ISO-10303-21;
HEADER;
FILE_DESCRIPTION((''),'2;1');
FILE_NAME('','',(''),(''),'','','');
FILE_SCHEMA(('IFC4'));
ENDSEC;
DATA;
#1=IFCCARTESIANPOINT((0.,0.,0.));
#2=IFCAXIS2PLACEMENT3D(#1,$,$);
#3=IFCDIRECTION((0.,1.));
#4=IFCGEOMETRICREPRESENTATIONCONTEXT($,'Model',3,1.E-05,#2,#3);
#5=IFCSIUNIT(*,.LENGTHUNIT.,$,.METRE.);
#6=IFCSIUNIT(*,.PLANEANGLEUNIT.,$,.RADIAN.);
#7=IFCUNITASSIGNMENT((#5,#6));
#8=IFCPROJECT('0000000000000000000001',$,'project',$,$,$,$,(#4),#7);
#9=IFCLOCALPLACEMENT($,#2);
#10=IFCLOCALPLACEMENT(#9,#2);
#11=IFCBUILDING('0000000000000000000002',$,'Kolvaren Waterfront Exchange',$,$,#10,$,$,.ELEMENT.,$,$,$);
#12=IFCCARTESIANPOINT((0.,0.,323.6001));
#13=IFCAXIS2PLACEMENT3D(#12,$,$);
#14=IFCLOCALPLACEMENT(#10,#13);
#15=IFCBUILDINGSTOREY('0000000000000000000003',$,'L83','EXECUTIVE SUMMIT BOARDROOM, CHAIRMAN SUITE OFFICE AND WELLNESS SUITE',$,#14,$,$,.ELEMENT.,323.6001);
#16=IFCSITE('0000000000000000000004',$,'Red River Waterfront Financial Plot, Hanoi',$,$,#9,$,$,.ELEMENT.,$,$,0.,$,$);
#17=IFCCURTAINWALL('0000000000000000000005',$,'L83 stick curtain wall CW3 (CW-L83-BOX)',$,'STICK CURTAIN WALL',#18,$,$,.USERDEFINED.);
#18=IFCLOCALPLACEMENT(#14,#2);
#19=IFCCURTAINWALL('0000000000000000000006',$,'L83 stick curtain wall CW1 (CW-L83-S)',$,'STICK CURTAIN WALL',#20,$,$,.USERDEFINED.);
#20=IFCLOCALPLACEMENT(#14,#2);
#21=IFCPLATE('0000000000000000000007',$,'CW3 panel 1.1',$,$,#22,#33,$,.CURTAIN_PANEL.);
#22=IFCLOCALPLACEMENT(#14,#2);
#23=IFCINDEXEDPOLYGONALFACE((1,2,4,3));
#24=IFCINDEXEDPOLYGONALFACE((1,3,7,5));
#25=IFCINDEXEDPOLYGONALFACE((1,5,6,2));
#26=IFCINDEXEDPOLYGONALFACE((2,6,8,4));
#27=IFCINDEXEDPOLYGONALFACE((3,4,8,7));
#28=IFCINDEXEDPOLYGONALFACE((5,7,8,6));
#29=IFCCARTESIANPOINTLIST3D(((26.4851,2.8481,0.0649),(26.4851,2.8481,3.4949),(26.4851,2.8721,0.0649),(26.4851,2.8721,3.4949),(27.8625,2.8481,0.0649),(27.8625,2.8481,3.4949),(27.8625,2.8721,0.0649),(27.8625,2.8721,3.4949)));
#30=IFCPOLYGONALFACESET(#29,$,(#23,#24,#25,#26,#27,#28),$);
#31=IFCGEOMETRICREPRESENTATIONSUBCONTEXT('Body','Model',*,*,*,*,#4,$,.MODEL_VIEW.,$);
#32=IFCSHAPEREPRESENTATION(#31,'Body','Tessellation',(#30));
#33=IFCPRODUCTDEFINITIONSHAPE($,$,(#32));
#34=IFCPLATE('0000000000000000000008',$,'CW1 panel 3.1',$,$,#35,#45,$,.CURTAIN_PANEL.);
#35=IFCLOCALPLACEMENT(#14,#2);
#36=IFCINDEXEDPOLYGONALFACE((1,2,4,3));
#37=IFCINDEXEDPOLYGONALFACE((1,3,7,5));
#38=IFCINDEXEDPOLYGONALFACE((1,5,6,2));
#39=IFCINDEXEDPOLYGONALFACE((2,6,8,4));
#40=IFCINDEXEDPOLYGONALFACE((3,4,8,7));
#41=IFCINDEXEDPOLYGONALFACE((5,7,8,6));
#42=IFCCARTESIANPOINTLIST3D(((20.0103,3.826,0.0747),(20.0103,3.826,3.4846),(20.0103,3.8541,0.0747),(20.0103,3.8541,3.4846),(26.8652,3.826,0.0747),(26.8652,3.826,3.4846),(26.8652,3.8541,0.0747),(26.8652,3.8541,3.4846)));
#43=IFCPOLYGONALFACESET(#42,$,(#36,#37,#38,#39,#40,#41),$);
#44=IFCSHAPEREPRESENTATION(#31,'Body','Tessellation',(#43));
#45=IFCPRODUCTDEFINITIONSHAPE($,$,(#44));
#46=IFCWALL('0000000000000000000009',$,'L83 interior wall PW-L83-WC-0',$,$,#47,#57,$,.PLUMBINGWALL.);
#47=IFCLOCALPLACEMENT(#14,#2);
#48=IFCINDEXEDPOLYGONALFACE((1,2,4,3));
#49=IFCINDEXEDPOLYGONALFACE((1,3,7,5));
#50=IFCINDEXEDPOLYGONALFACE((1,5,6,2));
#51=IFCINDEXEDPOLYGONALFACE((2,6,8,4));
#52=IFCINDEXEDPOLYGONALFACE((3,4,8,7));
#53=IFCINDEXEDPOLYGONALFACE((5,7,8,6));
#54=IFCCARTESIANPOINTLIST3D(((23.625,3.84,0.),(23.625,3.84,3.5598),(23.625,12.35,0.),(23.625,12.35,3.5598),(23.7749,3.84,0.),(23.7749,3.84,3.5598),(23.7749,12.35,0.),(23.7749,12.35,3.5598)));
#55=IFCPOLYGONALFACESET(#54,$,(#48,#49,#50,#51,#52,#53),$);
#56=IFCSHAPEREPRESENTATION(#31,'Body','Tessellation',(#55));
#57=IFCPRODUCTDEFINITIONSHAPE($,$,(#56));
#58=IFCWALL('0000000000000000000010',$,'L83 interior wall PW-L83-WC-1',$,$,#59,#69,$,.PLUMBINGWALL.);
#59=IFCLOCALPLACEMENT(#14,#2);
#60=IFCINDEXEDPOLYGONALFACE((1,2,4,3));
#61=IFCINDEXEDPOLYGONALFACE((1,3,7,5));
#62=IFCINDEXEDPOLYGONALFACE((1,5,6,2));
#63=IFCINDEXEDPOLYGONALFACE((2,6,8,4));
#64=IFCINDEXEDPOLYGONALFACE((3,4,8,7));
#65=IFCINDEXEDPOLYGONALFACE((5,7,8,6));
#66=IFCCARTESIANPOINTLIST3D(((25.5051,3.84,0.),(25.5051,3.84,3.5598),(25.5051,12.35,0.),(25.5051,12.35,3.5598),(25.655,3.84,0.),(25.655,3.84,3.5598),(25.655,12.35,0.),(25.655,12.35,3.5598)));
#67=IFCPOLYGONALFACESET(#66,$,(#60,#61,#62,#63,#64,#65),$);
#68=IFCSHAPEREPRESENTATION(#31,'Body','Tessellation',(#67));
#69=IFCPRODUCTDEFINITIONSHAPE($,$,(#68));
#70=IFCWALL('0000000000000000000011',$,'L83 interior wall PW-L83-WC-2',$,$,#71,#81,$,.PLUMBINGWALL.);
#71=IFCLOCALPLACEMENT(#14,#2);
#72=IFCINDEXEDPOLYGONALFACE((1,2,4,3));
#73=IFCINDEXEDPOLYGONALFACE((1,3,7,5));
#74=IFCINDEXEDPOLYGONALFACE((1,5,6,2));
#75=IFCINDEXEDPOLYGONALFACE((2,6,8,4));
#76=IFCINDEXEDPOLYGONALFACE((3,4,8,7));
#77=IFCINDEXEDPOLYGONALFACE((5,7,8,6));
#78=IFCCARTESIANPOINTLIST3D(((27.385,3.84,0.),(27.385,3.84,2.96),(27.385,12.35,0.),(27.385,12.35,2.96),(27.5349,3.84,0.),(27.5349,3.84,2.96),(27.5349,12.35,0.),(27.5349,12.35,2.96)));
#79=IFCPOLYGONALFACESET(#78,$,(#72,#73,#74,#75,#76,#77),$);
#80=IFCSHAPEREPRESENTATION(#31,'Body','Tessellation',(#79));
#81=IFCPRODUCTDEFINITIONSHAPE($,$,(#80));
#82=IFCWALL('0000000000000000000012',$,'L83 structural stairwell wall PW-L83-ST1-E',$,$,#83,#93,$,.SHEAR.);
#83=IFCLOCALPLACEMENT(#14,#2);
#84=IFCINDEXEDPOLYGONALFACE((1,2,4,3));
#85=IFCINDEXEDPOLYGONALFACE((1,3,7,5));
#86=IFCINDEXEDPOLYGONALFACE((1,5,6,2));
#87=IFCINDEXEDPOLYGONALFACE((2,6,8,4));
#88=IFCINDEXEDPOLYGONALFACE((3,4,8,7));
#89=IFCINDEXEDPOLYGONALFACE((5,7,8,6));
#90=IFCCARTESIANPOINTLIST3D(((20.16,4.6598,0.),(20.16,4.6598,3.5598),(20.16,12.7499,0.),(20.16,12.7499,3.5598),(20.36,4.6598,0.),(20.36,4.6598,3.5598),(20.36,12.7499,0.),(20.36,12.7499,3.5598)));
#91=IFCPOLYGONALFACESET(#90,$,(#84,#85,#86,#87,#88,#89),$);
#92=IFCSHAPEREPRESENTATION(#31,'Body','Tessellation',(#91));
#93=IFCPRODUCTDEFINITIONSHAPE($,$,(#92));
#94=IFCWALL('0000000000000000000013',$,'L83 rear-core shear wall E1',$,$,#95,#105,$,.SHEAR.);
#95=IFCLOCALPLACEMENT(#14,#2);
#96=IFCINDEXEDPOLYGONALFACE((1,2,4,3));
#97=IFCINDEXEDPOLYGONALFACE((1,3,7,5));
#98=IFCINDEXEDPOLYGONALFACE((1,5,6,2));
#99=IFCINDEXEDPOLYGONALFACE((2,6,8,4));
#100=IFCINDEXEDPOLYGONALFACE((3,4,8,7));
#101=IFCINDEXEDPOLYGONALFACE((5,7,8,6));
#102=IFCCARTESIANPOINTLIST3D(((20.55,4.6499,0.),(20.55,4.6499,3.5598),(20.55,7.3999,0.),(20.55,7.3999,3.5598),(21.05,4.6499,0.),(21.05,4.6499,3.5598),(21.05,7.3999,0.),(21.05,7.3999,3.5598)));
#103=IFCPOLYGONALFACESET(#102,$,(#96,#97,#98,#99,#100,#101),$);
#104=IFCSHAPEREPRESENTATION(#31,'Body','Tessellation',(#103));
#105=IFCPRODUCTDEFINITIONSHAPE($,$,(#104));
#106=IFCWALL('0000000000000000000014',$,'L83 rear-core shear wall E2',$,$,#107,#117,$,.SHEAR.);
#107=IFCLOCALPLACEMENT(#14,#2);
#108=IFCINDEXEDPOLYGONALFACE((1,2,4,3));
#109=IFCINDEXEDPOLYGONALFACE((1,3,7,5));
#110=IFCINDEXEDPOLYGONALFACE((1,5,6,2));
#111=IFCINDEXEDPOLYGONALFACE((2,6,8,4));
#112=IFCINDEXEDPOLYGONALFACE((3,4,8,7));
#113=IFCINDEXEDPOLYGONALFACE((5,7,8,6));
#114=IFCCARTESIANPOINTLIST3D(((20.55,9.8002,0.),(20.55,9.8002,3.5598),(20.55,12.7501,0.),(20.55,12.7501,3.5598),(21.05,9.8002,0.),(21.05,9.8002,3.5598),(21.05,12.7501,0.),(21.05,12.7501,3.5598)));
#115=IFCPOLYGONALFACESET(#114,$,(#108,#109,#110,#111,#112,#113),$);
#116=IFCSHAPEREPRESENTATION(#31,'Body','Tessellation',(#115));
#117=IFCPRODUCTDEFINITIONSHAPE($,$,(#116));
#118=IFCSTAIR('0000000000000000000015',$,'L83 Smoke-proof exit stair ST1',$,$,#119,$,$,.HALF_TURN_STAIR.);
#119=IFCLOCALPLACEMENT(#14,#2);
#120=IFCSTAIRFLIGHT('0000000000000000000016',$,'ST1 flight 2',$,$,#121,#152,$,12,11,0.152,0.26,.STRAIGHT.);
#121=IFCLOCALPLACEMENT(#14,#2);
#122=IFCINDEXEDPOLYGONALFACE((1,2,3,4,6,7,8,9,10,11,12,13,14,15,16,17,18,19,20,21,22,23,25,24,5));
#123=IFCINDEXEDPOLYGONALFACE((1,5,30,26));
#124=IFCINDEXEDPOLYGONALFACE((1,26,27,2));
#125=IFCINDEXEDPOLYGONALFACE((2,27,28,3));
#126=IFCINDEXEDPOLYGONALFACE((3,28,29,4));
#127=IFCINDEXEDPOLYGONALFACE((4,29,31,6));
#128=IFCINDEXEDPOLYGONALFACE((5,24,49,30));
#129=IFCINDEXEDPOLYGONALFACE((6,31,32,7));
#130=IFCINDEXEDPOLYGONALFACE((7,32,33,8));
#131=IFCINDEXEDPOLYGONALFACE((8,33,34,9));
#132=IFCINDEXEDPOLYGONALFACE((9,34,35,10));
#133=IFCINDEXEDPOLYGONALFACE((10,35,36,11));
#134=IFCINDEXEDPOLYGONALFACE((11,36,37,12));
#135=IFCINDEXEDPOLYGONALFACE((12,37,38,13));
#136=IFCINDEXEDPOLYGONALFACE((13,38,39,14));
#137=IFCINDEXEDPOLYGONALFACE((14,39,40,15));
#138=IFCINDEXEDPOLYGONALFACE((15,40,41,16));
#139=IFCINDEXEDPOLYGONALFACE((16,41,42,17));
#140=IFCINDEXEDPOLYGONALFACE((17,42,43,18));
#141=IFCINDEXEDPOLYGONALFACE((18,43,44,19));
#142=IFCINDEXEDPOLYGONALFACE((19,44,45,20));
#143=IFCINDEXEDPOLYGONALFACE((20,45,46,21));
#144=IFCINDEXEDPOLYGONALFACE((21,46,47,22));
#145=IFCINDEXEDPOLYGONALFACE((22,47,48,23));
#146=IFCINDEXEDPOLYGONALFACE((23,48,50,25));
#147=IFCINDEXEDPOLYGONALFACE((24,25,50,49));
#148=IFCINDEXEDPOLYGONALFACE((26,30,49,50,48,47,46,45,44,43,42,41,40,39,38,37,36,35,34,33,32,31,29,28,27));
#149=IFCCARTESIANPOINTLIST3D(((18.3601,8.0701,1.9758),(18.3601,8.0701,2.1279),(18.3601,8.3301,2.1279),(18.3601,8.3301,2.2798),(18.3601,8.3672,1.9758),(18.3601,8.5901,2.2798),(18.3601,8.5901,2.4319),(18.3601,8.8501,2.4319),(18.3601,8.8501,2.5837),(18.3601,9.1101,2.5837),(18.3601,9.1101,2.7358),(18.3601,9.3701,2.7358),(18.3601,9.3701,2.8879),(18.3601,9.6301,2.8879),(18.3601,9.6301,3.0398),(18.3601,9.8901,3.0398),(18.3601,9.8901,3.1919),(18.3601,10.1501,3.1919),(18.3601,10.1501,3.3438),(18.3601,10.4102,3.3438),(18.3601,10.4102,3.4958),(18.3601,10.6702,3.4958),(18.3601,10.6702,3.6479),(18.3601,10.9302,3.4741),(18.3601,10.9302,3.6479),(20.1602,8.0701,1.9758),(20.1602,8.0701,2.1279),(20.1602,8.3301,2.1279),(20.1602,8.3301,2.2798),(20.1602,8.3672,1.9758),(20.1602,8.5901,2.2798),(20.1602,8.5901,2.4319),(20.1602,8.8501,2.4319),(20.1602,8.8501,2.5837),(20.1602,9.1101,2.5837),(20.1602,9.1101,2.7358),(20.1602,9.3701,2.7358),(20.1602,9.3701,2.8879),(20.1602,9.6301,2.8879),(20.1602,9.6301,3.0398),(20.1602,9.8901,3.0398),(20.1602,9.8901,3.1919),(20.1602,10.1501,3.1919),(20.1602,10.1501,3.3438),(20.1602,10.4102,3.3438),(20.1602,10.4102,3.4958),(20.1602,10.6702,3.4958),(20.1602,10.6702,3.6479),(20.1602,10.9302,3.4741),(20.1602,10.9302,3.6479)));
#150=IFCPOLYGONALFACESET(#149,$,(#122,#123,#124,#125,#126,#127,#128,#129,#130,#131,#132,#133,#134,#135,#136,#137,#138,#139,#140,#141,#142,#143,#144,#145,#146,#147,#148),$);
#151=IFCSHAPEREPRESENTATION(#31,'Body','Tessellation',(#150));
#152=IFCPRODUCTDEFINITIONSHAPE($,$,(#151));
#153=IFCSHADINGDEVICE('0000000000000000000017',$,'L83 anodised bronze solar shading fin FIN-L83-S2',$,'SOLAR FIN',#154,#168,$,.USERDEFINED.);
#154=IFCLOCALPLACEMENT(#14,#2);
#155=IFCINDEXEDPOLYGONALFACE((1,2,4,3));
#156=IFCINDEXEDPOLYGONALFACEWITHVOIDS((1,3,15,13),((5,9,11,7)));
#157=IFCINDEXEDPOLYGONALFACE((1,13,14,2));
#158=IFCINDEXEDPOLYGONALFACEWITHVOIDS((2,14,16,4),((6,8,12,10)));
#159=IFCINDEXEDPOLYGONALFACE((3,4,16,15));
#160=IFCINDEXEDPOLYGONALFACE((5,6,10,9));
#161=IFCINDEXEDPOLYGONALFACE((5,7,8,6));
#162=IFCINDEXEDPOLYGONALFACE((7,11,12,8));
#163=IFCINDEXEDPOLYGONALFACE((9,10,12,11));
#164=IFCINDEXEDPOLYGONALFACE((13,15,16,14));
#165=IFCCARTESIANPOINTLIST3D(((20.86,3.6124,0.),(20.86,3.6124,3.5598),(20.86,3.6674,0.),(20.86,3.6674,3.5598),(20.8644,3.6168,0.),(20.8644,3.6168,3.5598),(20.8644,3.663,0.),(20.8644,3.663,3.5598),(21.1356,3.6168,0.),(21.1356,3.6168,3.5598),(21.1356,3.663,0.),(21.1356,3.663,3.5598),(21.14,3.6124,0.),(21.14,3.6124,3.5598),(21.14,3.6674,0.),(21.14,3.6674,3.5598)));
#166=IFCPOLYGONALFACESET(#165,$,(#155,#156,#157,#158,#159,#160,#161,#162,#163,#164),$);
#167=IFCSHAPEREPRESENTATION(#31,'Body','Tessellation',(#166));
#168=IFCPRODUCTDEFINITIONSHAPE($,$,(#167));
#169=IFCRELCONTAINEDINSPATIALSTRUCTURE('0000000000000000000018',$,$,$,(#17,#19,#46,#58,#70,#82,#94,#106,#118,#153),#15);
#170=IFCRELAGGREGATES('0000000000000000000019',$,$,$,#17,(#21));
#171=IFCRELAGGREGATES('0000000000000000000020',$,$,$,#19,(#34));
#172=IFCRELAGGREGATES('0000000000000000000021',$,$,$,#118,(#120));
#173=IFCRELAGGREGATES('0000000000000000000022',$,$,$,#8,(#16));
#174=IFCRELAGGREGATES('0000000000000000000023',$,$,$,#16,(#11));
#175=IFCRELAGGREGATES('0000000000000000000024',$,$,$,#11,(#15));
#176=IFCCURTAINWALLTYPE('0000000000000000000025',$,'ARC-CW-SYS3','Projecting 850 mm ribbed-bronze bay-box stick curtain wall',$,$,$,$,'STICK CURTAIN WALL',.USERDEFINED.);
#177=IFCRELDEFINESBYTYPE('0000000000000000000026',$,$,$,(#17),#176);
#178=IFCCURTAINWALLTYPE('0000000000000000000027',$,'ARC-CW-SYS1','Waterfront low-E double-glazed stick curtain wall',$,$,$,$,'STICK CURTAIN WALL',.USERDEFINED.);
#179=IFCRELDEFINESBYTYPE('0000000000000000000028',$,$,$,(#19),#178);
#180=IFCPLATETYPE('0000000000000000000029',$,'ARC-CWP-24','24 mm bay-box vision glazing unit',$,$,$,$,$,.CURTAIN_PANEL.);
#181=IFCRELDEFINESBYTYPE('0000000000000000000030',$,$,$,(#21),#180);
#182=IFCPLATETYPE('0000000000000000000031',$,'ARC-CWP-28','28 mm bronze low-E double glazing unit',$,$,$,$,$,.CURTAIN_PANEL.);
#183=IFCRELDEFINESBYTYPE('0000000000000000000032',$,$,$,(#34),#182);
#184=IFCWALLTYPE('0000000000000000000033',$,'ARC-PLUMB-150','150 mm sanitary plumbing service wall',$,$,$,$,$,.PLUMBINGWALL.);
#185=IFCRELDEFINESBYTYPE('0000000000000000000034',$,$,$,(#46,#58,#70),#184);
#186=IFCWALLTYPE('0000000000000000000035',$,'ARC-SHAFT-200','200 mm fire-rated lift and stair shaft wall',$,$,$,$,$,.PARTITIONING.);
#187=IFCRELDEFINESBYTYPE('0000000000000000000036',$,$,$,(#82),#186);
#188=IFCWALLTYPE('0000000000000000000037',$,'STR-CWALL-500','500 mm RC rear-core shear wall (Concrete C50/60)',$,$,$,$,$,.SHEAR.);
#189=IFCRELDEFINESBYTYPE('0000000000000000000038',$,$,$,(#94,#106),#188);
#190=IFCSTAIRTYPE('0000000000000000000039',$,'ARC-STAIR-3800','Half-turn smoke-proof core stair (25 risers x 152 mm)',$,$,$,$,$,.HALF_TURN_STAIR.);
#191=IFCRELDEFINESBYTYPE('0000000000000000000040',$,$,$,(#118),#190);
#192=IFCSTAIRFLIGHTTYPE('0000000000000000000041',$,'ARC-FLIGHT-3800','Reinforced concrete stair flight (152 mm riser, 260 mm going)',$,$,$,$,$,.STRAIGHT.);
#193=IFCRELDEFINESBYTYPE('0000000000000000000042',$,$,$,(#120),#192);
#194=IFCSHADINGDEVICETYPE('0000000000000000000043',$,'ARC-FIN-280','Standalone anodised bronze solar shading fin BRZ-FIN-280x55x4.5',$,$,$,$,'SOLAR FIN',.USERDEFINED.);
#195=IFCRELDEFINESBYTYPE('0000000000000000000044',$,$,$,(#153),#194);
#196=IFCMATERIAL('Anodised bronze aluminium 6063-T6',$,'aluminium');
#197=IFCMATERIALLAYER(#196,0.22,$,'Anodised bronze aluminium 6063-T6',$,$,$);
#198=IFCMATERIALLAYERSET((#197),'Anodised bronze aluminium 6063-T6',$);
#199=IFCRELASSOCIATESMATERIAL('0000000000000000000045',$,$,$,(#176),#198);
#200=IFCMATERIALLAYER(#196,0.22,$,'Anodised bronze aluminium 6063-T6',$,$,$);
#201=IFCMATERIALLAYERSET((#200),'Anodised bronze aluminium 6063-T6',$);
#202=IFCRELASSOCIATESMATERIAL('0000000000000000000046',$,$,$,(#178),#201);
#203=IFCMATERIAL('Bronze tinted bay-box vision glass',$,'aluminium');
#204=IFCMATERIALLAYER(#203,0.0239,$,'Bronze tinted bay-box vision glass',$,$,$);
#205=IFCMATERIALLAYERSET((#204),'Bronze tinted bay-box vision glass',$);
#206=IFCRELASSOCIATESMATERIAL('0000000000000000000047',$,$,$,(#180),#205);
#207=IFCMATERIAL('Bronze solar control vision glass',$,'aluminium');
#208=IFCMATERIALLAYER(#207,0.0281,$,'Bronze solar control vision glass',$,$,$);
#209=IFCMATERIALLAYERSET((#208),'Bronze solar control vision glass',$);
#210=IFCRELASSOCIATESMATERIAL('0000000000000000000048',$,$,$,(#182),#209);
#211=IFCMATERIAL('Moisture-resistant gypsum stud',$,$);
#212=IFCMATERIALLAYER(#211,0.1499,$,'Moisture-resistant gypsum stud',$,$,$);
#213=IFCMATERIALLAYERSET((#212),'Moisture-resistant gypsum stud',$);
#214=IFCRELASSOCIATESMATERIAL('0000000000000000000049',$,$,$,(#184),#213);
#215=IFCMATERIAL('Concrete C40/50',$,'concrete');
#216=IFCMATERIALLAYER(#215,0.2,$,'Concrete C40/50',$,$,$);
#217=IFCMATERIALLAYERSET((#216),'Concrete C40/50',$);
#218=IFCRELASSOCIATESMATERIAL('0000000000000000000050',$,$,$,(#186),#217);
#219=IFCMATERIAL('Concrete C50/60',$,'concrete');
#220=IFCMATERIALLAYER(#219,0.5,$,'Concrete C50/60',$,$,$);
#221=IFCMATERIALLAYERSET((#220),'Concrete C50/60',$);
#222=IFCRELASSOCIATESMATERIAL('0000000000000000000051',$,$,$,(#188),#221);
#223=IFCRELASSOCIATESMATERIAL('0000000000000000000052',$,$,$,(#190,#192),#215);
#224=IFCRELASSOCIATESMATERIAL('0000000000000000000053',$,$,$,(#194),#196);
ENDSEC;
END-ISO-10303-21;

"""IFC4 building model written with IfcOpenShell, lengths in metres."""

from ifc_helpers import new_model, si_unit, direction, frame, frame_2d, origin, origin_with_axes, origin_2d, place, context, subcontext, project, spatial, polyline, rectangle, hollow_rectangle, outline, extrude, source, transform, mapped, material, layer, layer_set, material_profile, profile_set, type_object, element, aggregate, save


model = new_model("IFC4")

# Units and contexts
model_context = context("Model", 3, precision=1e-05, world=origin(), true_north=direction((0.0, 1.0)))
body_context = subcontext(model_context, "Body", "Model", "MODEL_VIEW")
ifc_project = project(units=[si_unit("LENGTHUNIT", "METRE"), si_unit("PLANEANGLEUNIT", "RADIAN")], contexts=[model_context])

# Site, building, storey
site_placement = place(None, origin())
site = spatial("IfcSite", under=ifc_project, at=site_placement, Name="Red River Waterfront Financial Plot, Hanoi", CompositionType="ELEMENT", RefElevation=0.0)
building_placement = place(site_placement, origin())
building = spatial("IfcBuilding", under=site, at=building_placement, Name="Kolvaren Waterfront Exchange", CompositionType="ELEMENT")
storey_placement = place(building_placement, frame((0.0, 0.0, 323.6001)))
storey = spatial("IfcBuildingStorey", under=building, at=storey_placement, Name="L83", Description="EXECUTIVE SUMMIT BOARDROOM, CHAIRMAN SUITE OFFICE AND WELLNESS SUITE", CompositionType="ELEMENT", Elevation=323.6001)

# Shared definitions
ifc_material_1 = material(Name="Concrete C50/60", Category="concrete")

# Curtain wall
ifc_material_2 = material(Name="Anodised bronze aluminium 6063-T6", Category="aluminium")
ifc_layer_1 = layer(ifc_material_2, 0.22, Name="Anodised bronze aluminium 6063-T6")
ifc_layer_set_1 = layer_set([ifc_layer_1], Name="Anodised bronze aluminium 6063-T6")
curtain_wall_type_1 = type_object("IfcCurtainWallType", Name="ARC-CW-SYS3", Description="Projecting 850 mm ribbed-bronze bay-box stick curtain wall", ElementType="STICK CURTAIN WALL", PredefinedType="USERDEFINED", material=ifc_layer_set_1)
curtain_wall_1_placement = place(storey_placement, origin())
curtain_wall_1 = element("IfcCurtainWall", 1, at=curtain_wall_1_placement, inside=storey, type_object=curtain_wall_type_1, Name="L83 stick curtain wall CW3 (CW-L83-BOX)", ObjectType="STICK CURTAIN WALL", PredefinedType="USERDEFINED")

# Curtain wall
ifc_layer_2 = layer(ifc_material_2, 0.22, Name="Anodised bronze aluminium 6063-T6")
ifc_layer_set_2 = layer_set([ifc_layer_2], Name="Anodised bronze aluminium 6063-T6")
curtain_wall_type_2 = type_object("IfcCurtainWallType", Name="ARC-CW-SYS1", Description="Waterfront low-E double-glazed stick curtain wall", ElementType="STICK CURTAIN WALL", PredefinedType="USERDEFINED", material=ifc_layer_set_2)
curtain_wall_2_placement = place(storey_placement, origin())
curtain_wall_2 = element("IfcCurtainWall", 2, at=curtain_wall_2_placement, inside=storey, type_object=curtain_wall_type_2, Name="L83 stick curtain wall CW1 (CW-L83-S)", ObjectType="STICK CURTAIN WALL", PredefinedType="USERDEFINED")

# Plates
ifc_material_3 = material(Name="Bronze tinted bay-box vision glass", Category="aluminium")
ifc_layer_3 = layer(ifc_material_3, 0.0239, Name="Bronze tinted bay-box vision glass")
ifc_layer_set_3 = layer_set([ifc_layer_3], Name="Bronze tinted bay-box vision glass")
plate_type_1 = type_object("IfcPlateType", Name="ARC-CWP-24", Description="24 mm bay-box vision glazing unit", PredefinedType="CURTAIN_PANEL", material=ifc_layer_set_3)
shared_shape_1 = source(origin_with_axes(), body_context, "Body", "SweptSolid", [
    extrude(rectangle(XDim=1.3774, YDim=0.0239, at=origin_2d()), origin(), (0.0, 0.0, 1.0), 3.4299),
])
plate_1_placement = place(storey_placement, frame((27.1738, 2.8601, 0.0649), z_axis=(0.0, 0.0, 1.0), x_axis=(1.0, 0.0, 0.0)))
plate_1 = element("IfcPlate", 3, at=plate_1_placement, type_object=plate_type_1, Name="CW3 panel 1.1", PredefinedType="CURTAIN_PANEL", context=body_context, shape_type="MappedRepresentation", body=[
    mapped(shared_shape_1, transform((0.0, 0.0, 0.0), x_axis=(1.0, 0.0, 0.0), y_axis=(0.0, 1.0, 0.0), z_axis=(0.0, 0.0, 1.0), scale=1.0)),
])
aggregate(curtain_wall_1, [plate_1])
ifc_material_4 = material(Name="Bronze solar control vision glass", Category="aluminium")
ifc_layer_4 = layer(ifc_material_4, 0.0281, Name="Bronze solar control vision glass")
ifc_layer_set_4 = layer_set([ifc_layer_4], Name="Bronze solar control vision glass")
plate_type_2 = type_object("IfcPlateType", Name="ARC-CWP-28", Description="28 mm bronze low-E double glazing unit", PredefinedType="CURTAIN_PANEL", material=ifc_layer_set_4)
shared_shape_2 = source(origin_with_axes(), body_context, "Body", "SweptSolid", [
    extrude(rectangle(XDim=6.855, YDim=0.0281, at=origin_2d()), origin(), (0.0, 0.0, 1.0), 3.4099),
])
plate_2_placement = place(storey_placement, frame((23.4377, 3.8401, 0.0747), z_axis=(0.0, 0.0, 1.0), x_axis=(1.0, 0.0, 0.0)))
plate_2 = element("IfcPlate", 4, at=plate_2_placement, type_object=plate_type_2, Name="CW1 panel 3.1", PredefinedType="CURTAIN_PANEL", context=body_context, shape_type="MappedRepresentation", body=[
    mapped(shared_shape_2, transform((0.0, 0.0, 0.0), x_axis=(1.0, 0.0, 0.0), y_axis=(0.0, 1.0, 0.0), z_axis=(0.0, 0.0, 1.0), scale=1.0)),
])
aggregate(curtain_wall_2, [plate_2])

# Walls
ifc_material_5 = material(Name="Moisture-resistant gypsum stud")
ifc_layer_5 = layer(ifc_material_5, 0.1499, Name="Moisture-resistant gypsum stud")
ifc_layer_set_5 = layer_set([ifc_layer_5], Name="Moisture-resistant gypsum stud")
wall_type_1 = type_object("IfcWallType", Name="ARC-PLUMB-150", Description="150 mm sanitary plumbing service wall", PredefinedType="PLUMBINGWALL", material=ifc_layer_set_5)
for number, where, z_axis, x_axis, name in (
    (5, (23.7, 3.8401, 0.0), (0.0, 0.0, 1.0), (0.0, 1.0, 0.0), "L83 interior wall PW-L83-WC-0"),
    (6, (25.5801, 3.8401, 0.0), (0.0, 0.0, 1.0), (0.0, 1.0, 0.0), "L83 interior wall PW-L83-WC-1"),
):
    element("IfcWall", number, at=place(storey_placement, frame(where, z_axis=z_axis, x_axis=x_axis)), inside=storey, type_object=wall_type_1, Name=name, PredefinedType="PLUMBINGWALL", context=body_context, shape_type="SweptSolid", body=[
        extrude(rectangle(XDim=8.51, YDim=0.1499, at=frame_2d((4.2549, 0.0))), origin(), (0.0, 0.0, 1.0), 3.5598),
    ])
wall_1_placement = place(storey_placement, frame((27.46, 3.8401, 0.0), z_axis=(0.0, 0.0, 1.0), x_axis=(0.0, 1.0, 0.0)))
element("IfcWall", 7, at=wall_1_placement, inside=storey, type_object=wall_type_1, Name="L83 interior wall PW-L83-WC-2", PredefinedType="PLUMBINGWALL", context=body_context, shape_type="SweptSolid", body=[
    extrude(rectangle(XDim=8.51, YDim=0.1499, at=frame_2d((4.2549, 0.0))), origin(), (0.0, 0.0, 1.0), 2.96),
])
ifc_material_6 = material(Name="Concrete C40/50", Category="concrete")
ifc_layer_6 = layer(ifc_material_6, 0.2, Name="Concrete C40/50")
ifc_layer_set_6 = layer_set([ifc_layer_6], Name="Concrete C40/50")
wall_type_2 = type_object("IfcWallType", Name="ARC-SHAFT-200", Description="200 mm fire-rated lift and stair shaft wall", PredefinedType="PARTITIONING", material=ifc_layer_set_6)
wall_2_placement = place(storey_placement, frame((20.26, 4.6599, 0.0), z_axis=(0.0, 0.0, 1.0), x_axis=(0.0, 1.0, 0.0)))
element("IfcWall", 8, at=wall_2_placement, inside=storey, type_object=wall_type_2, Name="L83 structural stairwell wall PW-L83-ST1-E", PredefinedType="SHEAR", context=body_context, shape_type="SweptSolid", body=[
    extrude(rectangle(XDim=8.0901, YDim=0.2, at=frame_2d((4.0449, 0.0))), origin(), (0.0, 0.0, 1.0), 3.5598),
])
ifc_layer_7 = layer(ifc_material_1, 0.5, Name="Concrete C50/60")
ifc_layer_set_7 = layer_set([ifc_layer_7], Name="Concrete C50/60")
wall_type_3 = type_object("IfcWallType", Name="STR-CWALL-500", Description="500 mm RC rear-core shear wall (Concrete C50/60)", PredefinedType="SHEAR", material=ifc_layer_set_7)
wall_3_placement = place(storey_placement, frame((20.8, 4.6499, 0.0), z_axis=(0.0, 0.0, 1.0), x_axis=(0.0, 1.0, 0.0)))
element("IfcWall", 9, at=wall_3_placement, inside=storey, type_object=wall_type_3, Name="L83 rear-core shear wall E1", PredefinedType="SHEAR", context=body_context, shape_type="SweptSolid", body=[
    extrude(rectangle(XDim=2.75, YDim=0.5, at=frame_2d((1.375, 0.0))), origin(), (0.0, 0.0, 1.0), 3.5598),
])
wall_4_placement = place(storey_placement, frame((20.8, 9.8, 0.0), z_axis=(0.0, 0.0, 1.0), x_axis=(0.0, 1.0, 0.0)))
element("IfcWall", 10, at=wall_4_placement, inside=storey, type_object=wall_type_3, Name="L83 rear-core shear wall E2", PredefinedType="SHEAR", context=body_context, shape_type="SweptSolid", body=[
    extrude(rectangle(XDim=2.95, YDim=0.5, at=frame_2d((1.4751, 0.0))), origin(), (0.0, 0.0, 1.0), 3.5598),
])

# Stair, stair flight
stair_type = type_object("IfcStairType", Name="ARC-STAIR-3800", Description="Half-turn smoke-proof core stair (25 risers x 152 mm)", PredefinedType="HALF_TURN_STAIR", material=ifc_material_6)
stair_placement = place(storey_placement, origin())
stair = element("IfcStair", 11, at=stair_placement, inside=storey, type_object=stair_type, Name="L83 Smoke-proof exit stair ST1", PredefinedType="HALF_TURN_STAIR")
stair_flight_type = type_object("IfcStairFlightType", Name="ARC-FLIGHT-3800", Description="Reinforced concrete stair flight (152 mm riser, 260 mm going)", PredefinedType="STRAIGHT", material=ifc_material_6)
stair_flight_placement = place(storey_placement, frame((19.26, 8.0701, 1.9758), z_axis=(0.0, 0.0, 1.0), x_axis=(0.0, 1.0, 0.0)))
stair_flight = element("IfcStairFlight", 12, at=stair_flight_placement, type_object=stair_flight_type, Name="ST1 flight 2", NumberOfRisers=12, NumberOfTreads=11, PredefinedType="STRAIGHT", RiserHeight=0.152, TreadLength=0.26, context=body_context, shape_type="SweptSolid", body=[
    extrude(outline(polyline([(0.0, 0.0), (0.0, 0.1521), (0.26, 0.1521), (0.26, 0.304), (0.52, 0.304), (0.52, 0.4561), (0.78, 0.4561), (0.78, 0.6079), (1.04, 0.6079), (1.04, 0.76), (1.3, 0.76), (1.3, 0.9121), (1.5601, 0.9121), (1.5601, 1.064), (1.8201, 1.064), (1.8201, 1.2161), (2.0801, 1.2161), (2.0801, 1.3679), (2.3401, 1.3679), (2.3401, 1.52), (2.6001, 1.52), (2.6001, 1.6721), (2.8601, 1.6721), (2.8601, 1.824), (2.8601, 1.4983), (0.2971, 0.0), (0.0, 0.0)])), frame((0.0, 0.8999, 0.0), z_axis=(0.0, -1.0, 0.0), x_axis=(1.0, 0.0, 0.0)), (0.0, 0.0, 1.0), 1.8),
])
aggregate(stair, [stair_flight])

# Shading device
ifc_material_profile_1 = material_profile(ifc_material_2, hollow_rectangle(XDim=0.0549, YDim=0.28, WallThickness=0.0044, at=origin_2d()), Name="BRZ-FIN-280x55x4.5")
ifc_profile_set_1 = profile_set([ifc_material_profile_1], Name="Anodised bronze aluminium 6063-T6")
shading_device_type = type_object("IfcShadingDeviceType", Name="ARC-FIN-280", Description="Standalone anodised bronze solar shading fin BRZ-FIN-280x55x4.5", ElementType="SOLAR FIN", PredefinedType="USERDEFINED", material=ifc_profile_set_1)
shading_device_placement = place(storey_placement, frame((21.0, 3.6399, 0.0), z_axis=(0.0, 0.0, 1.0), x_axis=(0.0, -1.0, 0.0)))
element("IfcShadingDevice", 13, at=shading_device_placement, inside=storey, type_object=shading_device_type, Name="L83 anodised bronze solar shading fin FIN-L83-S2", ObjectType="SOLAR FIN", PredefinedType="USERDEFINED", context=body_context, shape_type="SweptSolid", body=[
    extrude(hollow_rectangle(XDim=0.0549, YDim=0.28, WallThickness=0.0044, at=origin_2d()), origin(), (0.0, 0.0, 1.0), 3.5598),
])

save(model, "model.ifc")
